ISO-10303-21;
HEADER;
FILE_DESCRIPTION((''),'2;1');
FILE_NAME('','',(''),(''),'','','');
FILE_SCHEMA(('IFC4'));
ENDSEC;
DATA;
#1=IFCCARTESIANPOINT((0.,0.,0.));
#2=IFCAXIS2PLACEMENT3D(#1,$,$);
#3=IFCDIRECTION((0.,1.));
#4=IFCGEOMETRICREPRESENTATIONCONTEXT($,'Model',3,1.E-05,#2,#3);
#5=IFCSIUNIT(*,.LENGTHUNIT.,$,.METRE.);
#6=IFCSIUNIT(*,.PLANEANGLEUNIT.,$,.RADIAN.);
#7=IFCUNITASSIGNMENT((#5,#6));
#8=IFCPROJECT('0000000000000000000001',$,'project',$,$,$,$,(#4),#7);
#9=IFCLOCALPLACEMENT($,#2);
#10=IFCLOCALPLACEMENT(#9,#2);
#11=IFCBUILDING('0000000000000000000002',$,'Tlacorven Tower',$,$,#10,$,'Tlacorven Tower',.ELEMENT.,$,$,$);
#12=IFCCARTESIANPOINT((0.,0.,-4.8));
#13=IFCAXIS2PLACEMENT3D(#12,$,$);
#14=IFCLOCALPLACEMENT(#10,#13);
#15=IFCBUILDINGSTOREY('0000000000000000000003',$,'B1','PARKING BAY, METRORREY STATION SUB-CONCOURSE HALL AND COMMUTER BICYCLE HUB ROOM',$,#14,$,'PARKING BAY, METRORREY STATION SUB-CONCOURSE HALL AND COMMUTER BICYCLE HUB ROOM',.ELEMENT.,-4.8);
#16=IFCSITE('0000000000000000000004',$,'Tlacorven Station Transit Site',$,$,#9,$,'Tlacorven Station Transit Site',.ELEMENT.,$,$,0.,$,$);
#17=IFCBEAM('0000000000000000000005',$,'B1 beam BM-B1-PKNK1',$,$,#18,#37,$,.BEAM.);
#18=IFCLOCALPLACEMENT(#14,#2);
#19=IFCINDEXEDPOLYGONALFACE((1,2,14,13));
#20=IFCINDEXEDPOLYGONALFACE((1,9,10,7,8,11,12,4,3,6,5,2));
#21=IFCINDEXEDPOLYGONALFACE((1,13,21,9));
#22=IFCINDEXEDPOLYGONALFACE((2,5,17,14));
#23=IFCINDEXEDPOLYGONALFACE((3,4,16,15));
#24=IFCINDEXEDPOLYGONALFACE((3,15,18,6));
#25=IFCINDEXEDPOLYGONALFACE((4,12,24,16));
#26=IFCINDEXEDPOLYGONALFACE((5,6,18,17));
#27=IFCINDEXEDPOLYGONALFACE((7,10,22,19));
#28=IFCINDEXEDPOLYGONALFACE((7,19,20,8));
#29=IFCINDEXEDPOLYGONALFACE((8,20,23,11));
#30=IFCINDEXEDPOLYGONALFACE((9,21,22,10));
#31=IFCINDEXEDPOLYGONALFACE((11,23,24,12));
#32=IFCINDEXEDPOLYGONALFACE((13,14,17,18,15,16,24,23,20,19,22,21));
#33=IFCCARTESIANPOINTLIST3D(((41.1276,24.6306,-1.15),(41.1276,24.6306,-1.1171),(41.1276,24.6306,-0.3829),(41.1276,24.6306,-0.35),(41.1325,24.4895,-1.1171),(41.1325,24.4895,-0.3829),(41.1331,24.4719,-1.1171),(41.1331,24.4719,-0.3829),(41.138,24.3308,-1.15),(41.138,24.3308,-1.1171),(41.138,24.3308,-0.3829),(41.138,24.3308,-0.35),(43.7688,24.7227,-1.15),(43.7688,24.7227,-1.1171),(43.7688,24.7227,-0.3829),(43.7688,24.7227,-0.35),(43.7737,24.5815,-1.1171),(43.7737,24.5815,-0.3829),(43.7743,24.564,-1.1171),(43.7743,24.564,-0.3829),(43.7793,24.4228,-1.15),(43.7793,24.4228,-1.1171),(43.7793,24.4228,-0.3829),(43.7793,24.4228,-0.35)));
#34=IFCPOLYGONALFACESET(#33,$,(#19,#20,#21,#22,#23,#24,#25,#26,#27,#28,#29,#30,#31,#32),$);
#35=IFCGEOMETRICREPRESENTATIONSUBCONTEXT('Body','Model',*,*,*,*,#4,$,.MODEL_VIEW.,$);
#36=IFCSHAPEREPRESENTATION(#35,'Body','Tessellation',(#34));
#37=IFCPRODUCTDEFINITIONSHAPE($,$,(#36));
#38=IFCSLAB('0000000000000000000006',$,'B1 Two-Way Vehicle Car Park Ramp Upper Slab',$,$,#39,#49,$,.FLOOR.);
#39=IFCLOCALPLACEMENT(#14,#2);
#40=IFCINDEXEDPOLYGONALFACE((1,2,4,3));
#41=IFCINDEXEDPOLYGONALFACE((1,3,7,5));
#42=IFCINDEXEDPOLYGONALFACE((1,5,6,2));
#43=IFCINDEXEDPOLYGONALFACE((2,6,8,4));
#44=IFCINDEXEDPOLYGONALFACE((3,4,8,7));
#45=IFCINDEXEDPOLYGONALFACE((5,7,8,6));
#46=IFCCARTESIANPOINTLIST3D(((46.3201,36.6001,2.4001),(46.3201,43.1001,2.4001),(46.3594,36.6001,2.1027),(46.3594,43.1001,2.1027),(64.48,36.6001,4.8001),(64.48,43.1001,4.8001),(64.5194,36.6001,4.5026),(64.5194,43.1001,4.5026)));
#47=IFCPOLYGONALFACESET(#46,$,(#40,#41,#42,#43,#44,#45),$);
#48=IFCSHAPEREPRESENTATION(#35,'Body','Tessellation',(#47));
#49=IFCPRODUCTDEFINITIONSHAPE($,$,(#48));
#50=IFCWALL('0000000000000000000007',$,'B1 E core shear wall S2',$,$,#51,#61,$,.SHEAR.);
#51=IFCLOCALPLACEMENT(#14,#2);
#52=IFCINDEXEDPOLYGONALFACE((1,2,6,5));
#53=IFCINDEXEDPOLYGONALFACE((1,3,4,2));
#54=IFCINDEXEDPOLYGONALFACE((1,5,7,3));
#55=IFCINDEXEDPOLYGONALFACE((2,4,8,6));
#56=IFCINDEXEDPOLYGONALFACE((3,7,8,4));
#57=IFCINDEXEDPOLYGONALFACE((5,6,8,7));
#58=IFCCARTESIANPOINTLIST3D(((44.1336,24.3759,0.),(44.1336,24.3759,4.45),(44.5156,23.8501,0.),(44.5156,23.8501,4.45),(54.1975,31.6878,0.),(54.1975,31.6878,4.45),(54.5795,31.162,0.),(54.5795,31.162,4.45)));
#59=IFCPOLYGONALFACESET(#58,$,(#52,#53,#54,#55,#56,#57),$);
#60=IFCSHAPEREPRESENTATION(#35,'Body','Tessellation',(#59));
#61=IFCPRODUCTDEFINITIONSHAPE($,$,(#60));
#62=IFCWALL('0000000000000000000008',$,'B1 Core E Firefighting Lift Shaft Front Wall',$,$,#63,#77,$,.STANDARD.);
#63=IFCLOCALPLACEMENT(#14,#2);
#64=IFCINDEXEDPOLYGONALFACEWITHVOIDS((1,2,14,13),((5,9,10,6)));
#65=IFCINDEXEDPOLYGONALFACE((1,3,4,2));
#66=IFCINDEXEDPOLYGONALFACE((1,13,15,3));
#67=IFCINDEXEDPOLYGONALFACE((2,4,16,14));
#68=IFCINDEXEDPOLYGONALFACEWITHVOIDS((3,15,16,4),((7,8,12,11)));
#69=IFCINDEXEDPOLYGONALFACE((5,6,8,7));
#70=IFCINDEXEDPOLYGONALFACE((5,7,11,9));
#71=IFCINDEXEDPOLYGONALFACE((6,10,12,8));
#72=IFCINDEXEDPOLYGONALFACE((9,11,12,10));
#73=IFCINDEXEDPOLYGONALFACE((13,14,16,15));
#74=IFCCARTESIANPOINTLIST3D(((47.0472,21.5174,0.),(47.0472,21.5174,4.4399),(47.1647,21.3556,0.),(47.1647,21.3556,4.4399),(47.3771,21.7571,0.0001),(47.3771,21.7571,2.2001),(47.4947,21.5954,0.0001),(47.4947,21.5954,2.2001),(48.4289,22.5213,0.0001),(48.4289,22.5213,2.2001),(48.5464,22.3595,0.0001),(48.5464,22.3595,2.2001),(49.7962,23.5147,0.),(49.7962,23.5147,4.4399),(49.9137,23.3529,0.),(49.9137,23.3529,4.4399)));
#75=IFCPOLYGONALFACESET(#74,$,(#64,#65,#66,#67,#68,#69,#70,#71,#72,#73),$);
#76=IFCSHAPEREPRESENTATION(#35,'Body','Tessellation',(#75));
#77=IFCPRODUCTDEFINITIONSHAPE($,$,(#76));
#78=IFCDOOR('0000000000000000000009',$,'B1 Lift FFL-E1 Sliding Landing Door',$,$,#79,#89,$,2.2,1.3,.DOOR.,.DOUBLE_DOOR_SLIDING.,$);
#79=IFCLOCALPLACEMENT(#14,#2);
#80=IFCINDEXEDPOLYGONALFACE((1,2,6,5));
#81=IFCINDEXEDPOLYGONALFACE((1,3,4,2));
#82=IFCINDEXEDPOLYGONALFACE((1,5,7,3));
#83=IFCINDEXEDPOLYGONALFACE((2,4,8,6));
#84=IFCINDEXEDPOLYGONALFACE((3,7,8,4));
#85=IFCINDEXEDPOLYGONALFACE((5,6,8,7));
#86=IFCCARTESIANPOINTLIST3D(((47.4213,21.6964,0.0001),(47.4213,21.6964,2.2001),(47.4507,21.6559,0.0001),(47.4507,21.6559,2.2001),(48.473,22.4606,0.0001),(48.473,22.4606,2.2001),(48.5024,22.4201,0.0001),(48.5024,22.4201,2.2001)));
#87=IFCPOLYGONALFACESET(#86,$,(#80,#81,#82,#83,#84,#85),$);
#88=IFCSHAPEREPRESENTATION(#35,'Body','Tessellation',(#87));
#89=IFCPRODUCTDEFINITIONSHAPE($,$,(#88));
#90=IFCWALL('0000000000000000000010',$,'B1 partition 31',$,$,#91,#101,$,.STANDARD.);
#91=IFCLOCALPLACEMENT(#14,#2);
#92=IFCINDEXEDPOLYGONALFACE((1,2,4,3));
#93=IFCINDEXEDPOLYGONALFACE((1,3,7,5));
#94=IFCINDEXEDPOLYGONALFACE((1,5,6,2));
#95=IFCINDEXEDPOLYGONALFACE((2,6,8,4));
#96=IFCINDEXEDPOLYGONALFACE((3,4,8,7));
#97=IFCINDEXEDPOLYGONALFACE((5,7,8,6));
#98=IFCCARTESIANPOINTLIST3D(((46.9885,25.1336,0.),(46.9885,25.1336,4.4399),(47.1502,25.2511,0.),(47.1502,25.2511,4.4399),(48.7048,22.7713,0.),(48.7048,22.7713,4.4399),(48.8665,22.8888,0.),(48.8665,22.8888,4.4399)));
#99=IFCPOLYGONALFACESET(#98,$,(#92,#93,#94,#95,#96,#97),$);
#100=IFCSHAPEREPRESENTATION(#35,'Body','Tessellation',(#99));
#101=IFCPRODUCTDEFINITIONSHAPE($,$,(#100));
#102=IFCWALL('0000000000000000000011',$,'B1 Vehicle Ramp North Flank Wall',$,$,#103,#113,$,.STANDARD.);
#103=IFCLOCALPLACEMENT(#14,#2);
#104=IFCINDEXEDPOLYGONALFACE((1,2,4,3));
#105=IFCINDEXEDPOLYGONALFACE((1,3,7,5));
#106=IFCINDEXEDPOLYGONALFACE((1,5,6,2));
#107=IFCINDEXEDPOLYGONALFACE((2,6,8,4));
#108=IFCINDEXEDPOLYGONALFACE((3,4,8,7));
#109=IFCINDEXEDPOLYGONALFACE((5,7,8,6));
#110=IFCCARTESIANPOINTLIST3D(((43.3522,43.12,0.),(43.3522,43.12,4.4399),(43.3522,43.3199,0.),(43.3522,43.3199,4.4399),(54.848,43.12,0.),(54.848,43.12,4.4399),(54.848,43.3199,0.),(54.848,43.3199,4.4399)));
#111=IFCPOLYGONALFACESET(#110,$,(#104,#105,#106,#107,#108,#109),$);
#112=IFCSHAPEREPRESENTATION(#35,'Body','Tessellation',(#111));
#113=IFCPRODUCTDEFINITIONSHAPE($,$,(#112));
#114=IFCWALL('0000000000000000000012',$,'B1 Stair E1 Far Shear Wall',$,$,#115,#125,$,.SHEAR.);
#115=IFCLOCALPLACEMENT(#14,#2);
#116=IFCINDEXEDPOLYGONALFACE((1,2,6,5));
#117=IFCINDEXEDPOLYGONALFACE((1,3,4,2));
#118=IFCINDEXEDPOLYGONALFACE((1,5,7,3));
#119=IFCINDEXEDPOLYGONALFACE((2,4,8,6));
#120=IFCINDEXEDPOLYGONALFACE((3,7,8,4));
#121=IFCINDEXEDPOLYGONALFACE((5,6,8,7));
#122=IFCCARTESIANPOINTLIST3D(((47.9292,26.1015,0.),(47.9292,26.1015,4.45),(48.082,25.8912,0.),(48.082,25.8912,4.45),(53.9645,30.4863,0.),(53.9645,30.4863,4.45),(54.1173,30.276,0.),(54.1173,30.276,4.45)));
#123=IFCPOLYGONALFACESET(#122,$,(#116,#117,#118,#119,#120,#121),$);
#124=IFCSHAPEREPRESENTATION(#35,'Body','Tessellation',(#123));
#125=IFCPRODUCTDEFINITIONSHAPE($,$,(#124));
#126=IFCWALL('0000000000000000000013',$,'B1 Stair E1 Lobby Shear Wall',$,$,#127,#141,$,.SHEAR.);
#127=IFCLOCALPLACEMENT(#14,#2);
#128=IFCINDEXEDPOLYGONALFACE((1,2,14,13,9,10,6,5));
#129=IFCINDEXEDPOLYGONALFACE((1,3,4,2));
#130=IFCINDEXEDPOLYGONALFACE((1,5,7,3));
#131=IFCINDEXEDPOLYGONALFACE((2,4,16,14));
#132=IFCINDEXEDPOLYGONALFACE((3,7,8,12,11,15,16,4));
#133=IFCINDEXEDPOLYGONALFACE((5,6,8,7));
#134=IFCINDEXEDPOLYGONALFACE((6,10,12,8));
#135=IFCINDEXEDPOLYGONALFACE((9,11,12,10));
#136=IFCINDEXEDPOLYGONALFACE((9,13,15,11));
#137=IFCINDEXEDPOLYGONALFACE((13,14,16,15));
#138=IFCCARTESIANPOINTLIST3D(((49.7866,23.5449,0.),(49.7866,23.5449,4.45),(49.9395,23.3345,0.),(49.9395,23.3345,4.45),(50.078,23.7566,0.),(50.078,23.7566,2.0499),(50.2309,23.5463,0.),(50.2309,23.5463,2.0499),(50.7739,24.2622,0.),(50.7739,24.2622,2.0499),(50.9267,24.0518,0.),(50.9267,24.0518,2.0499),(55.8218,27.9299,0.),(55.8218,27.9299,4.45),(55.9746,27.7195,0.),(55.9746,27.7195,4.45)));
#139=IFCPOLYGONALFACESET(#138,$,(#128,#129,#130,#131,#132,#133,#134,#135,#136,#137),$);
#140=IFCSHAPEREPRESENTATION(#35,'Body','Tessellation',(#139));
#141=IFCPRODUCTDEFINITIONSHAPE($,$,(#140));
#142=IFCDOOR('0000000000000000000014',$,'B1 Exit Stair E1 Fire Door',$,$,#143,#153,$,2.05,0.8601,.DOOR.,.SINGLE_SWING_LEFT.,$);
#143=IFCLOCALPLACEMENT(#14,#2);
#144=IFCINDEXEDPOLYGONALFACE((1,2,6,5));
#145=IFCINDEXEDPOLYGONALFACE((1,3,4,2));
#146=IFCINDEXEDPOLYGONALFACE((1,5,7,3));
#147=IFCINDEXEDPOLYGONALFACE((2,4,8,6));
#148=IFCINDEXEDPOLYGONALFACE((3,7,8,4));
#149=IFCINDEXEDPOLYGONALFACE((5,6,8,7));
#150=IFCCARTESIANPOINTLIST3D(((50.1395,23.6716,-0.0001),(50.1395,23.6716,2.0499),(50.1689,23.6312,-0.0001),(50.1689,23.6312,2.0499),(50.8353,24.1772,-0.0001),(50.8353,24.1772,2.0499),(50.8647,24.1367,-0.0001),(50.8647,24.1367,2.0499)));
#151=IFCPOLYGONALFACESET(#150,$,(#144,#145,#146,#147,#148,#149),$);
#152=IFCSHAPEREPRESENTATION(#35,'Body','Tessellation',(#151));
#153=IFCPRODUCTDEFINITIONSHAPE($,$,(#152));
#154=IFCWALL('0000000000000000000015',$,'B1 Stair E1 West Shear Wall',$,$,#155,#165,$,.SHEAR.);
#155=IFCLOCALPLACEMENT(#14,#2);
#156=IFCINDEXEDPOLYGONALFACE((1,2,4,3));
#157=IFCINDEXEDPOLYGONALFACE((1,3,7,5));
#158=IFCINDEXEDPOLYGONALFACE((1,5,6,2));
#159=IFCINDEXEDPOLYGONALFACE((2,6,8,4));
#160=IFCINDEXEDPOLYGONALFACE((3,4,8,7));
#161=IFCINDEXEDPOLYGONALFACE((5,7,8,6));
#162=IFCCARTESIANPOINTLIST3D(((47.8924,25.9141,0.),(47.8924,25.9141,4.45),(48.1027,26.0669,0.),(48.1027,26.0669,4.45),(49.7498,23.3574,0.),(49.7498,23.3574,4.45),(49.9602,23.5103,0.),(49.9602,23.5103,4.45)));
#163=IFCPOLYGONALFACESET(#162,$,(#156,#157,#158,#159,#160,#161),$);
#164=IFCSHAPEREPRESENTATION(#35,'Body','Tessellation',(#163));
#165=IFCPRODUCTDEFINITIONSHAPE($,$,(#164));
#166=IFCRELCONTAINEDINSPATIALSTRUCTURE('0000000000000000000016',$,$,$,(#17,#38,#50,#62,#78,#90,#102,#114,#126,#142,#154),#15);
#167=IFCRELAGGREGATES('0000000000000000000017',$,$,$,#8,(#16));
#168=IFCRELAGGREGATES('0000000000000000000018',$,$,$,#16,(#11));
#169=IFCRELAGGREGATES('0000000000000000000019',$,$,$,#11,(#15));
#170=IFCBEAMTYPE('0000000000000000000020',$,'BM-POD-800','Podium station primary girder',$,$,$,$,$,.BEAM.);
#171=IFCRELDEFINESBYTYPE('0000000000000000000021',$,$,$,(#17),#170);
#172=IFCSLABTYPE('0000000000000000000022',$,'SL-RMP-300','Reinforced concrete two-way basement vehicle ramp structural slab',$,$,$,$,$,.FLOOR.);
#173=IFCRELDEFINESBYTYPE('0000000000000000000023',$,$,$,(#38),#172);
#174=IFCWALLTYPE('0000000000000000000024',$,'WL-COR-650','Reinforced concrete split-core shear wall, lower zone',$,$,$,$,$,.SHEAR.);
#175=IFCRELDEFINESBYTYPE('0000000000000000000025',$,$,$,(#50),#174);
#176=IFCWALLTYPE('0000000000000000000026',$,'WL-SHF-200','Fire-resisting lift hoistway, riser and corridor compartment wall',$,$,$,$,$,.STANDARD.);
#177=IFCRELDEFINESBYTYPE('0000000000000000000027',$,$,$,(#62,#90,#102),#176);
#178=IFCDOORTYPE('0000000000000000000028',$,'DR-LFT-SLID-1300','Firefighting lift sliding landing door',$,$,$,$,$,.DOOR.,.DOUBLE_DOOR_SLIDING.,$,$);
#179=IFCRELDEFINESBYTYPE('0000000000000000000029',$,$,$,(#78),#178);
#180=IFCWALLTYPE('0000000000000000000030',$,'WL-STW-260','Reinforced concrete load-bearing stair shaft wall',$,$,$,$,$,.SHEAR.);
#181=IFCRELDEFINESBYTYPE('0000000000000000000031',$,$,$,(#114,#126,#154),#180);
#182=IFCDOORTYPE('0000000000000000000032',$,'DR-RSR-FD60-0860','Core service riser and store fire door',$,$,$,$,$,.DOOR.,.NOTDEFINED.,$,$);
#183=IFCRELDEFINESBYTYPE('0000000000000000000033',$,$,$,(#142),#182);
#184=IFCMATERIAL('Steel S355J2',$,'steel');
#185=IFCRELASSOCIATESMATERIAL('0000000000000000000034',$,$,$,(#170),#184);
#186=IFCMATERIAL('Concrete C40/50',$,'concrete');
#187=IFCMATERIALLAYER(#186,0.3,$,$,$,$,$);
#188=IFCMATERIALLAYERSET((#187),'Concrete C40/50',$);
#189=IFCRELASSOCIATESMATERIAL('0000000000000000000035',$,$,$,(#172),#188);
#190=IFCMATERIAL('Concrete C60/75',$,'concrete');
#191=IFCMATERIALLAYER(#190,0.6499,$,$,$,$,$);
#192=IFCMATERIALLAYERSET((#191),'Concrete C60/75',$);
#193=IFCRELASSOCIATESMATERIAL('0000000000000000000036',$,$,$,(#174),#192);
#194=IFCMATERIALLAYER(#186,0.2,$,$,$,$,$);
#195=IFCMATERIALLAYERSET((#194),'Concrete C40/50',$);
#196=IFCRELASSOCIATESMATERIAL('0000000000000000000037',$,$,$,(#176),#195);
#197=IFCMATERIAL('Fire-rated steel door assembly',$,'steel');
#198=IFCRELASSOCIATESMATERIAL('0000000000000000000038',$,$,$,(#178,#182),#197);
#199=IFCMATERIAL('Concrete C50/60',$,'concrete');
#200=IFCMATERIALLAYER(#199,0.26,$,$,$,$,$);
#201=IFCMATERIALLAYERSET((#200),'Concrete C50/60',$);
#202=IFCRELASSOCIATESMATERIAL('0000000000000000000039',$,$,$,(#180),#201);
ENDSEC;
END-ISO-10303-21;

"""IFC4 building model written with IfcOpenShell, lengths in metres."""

from ifc_helpers import new_model, si_unit, direction, frame, frame_2d, origin, origin_2d, place, context, subcontext, project, spatial, polyline, rectangle, i_section, outline, extrude, source, transform, mapped, material, layer, layer_set, material_profile, profile_set, type_object, element, fill, save


model = new_model("IFC4")

# Units and contexts
model_context = context("Model", 3, precision=1e-05, world=origin(), true_north=direction((0.0, 1.0)))
body_context = subcontext(model_context, "Body", "Model", "MODEL_VIEW")
ifc_project = project(units=[si_unit("LENGTHUNIT", "METRE"), si_unit("PLANEANGLEUNIT", "RADIAN")], contexts=[model_context])

# Site, building, storey
site_placement = place(None, origin())
site = spatial("IfcSite", under=ifc_project, at=site_placement, Name="Tlacorven Station Transit Site", LongName="Tlacorven Station Transit Site", CompositionType="ELEMENT", RefElevation=0.0)
building_placement = place(site_placement, origin())
building = spatial("IfcBuilding", under=site, at=building_placement, Name="Tlacorven Tower", LongName="Tlacorven Tower", CompositionType="ELEMENT")
storey_placement = place(building_placement, frame((0.0, 0.0, -4.8)))
storey = spatial("IfcBuildingStorey", under=building, at=storey_placement, Name="B1", Description="PARKING BAY, METRORREY STATION SUB-CONCOURSE HALL AND COMMUTER BICYCLE HUB ROOM", LongName="PARKING BAY, METRORREY STATION SUB-CONCOURSE HALL AND COMMUTER BICYCLE HUB ROOM", CompositionType="ELEMENT", Elevation=-4.8)

# Beam
ifc_material_1 = material(Name="Steel S355J2", Category="steel")
ifc_material_profile_1 = material_profile(ifc_material_1, i_section(OverallWidth=0.3, OverallDepth=0.8, WebThickness=0.0176, FlangeThickness=0.033, at=origin_2d()), Name="HEB 800")
ifc_profile_set_1 = profile_set([ifc_material_profile_1], Name="Steel S355J2")
beam_type = type_object("IfcBeamType", Name="BM-POD-800", Description="Podium station primary girder", PredefinedType="BEAM", material=ifc_profile_set_1)
shared_shape_1 = source(origin(), body_context, "Body", "SweptSolid", [
    extrude(i_section(OverallWidth=0.3, OverallDepth=0.8, WebThickness=0.0176, FlangeThickness=0.033, at=origin_2d()), origin(), (0.0, 0.0, 1.0), 2.6428),
])
beam_1_placement = place(storey_placement, frame((41.1328, 24.4807, -0.75), z_axis=(0.999393, 0.034828, 0.0), x_axis=(-0.034828, 0.999393, 0.0)))
element("IfcBeam", 1, at=beam_1_placement, inside=storey, type_object=beam_type, Name="B1 beam BM-B1-PKNK1", PredefinedType="BEAM", context=body_context, shape_type="MappedRepresentation", body=[
    mapped(shared_shape_1, transform((0.0, 0.0, 0.0), scale=1.0)),
])

# Slab
ifc_material_2 = material(Name="Concrete C40/50", Category="concrete")
ifc_layer_1 = layer(ifc_material_2, 0.3)
ifc_layer_set_1 = layer_set([ifc_layer_1], Name="Concrete C40/50")
slab_type = type_object("IfcSlabType", Name="SL-RMP-300", Description="Reinforced concrete two-way basement vehicle ramp structural slab", PredefinedType="FLOOR", material=ifc_layer_set_1)
slab_placement = place(storey_placement, frame((46.3201, 36.6001, 2.4001), z_axis=(-0.131015, 0.0, 0.99138), x_axis=(0.99138, 0.0, 0.131015)))
element("IfcSlab", 2, at=slab_placement, inside=storey, type_object=slab_type, Name="B1 Two-Way Vehicle Car Park Ramp Upper Slab", PredefinedType="FLOOR", context=body_context, shape_type="SweptSolid", body=[
    extrude(outline(polyline([(0.0, 0.0), (18.3179, 0.0), (18.3179, 6.5), (0.0, 6.5), (0.0, 0.0)])), origin(), (0.0, 0.0, -1.0), 0.3),
])

# Wall
ifc_material_3 = material(Name="Concrete C60/75", Category="concrete")
ifc_layer_2 = layer(ifc_material_3, 0.6499)
ifc_layer_set_2 = layer_set([ifc_layer_2], Name="Concrete C60/75")
wall_type_1 = type_object("IfcWallType", Name="WL-COR-650", Description="Reinforced concrete split-core shear wall, lower zone", PredefinedType="SHEAR", material=ifc_layer_set_2)
wall_1_placement = place(storey_placement, frame((44.3247, 24.113, 0.0), z_axis=(0.0, 0.0, 1.0), x_axis=(0.809013, 0.587791, 0.0)))
element("IfcWall", 3, at=wall_1_placement, inside=storey, type_object=wall_type_1, Name="B1 E core shear wall S2", PredefinedType="SHEAR", context=body_context, shape_type="SweptSolid", body=[
    extrude(rectangle(XDim=12.4397, YDim=0.6499, at=frame_2d((6.2197, 0.0))), origin(), (0.0, 0.0, 1.0), 4.45),
])

# Wall, opening, door
ifc_layer_3 = layer(ifc_material_2, 0.2)
ifc_layer_set_3 = layer_set([ifc_layer_3], Name="Concrete C40/50")
wall_type_2 = type_object("IfcWallType", Name="WL-SHF-200", Description="Fire-resisting lift hoistway, riser and corridor compartment wall", PredefinedType="STANDARD", material=ifc_layer_set_3)
wall_2_placement = place(storey_placement, frame((47.106, 21.4365, 0.0), z_axis=(0.0, 0.0, 1.0), x_axis=(0.809013, 0.587791, 0.0)))
wall_2 = element("IfcWall", 4, at=wall_2_placement, inside=storey, type_object=wall_type_2, Name="B1 Core E Firefighting Lift Shaft Front Wall", PredefinedType="STANDARD", context=body_context, shape_type="SweptSolid", body=[
    extrude(rectangle(XDim=3.3979, YDim=0.2, at=frame_2d((1.699, 0.0))), origin(), (0.0, 0.0, 1.0), 4.4399),
])
opening_1_placement = place(wall_2_placement, frame((0.408, 0.0, 0.0)))
opening_1 = element("IfcOpeningElement", 5, at=opening_1_placement, cuts=wall_2, PredefinedType="OPENING", context=body_context, shape_type="SweptSolid", body=[
    extrude(rectangle(XDim=1.3, YDim=2.2, at=frame_2d((0.6499, 1.1001))), frame((0.0, 0.1099, 0.0), z_axis=(0.0, -1.0, 0.0), x_axis=(1.0, 0.0, 0.0)), (0.0, 0.0, 1.0), 0.22),
])
ifc_material_4 = material(Name="Fire-rated steel door assembly", Category="steel")
door_type_1 = type_object("IfcDoorType", Name="DR-LFT-SLID-1300", Description="Firefighting lift sliding landing door", OperationType="DOUBLE_DOOR_SLIDING", PredefinedType="DOOR", material=ifc_material_4)
shared_shape_2 = source(origin(), body_context, "Body", "SweptSolid", [
    extrude(rectangle(XDim=1.3, YDim=2.2, at=frame_2d((0.6499, 1.1001))), frame((0.0, 0.0249, 0.0), z_axis=(0.0, -1.0, 0.0), x_axis=(1.0, 0.0, 0.0)), (0.0, 0.0, 1.0), 0.05),
])
door_1_placement = place(opening_1_placement, origin())
door_1 = element("IfcDoor", 6, at=door_1_placement, inside=storey, type_object=door_type_1, Name="B1 Lift FFL-E1 Sliding Landing Door", OperationType="DOUBLE_DOOR_SLIDING", OverallHeight=2.2, OverallWidth=1.3, PredefinedType="DOOR", context=body_context, shape_type="MappedRepresentation", body=[
    mapped(shared_shape_2, transform((0.0, 0.0, 0.0), scale=1.0)),
])
fill(opening_1, door_1)

# Walls
wall_3_placement = place(storey_placement, frame((48.7856, 22.8301, 0.0), z_axis=(0.0, 0.0, 1.0), x_axis=(-0.587784, 0.809018, 0.0)))
element("IfcWall", 7, at=wall_3_placement, inside=storey, type_object=wall_type_2, Name="B1 partition 31", PredefinedType="STANDARD", context=body_context, shape_type="SweptSolid", body=[
    extrude(rectangle(XDim=2.9199, YDim=0.2, at=frame_2d((1.46, 0.0))), origin(), (0.0, 0.0, 1.0), 4.4399),
])
wall_4_placement = place(storey_placement, frame((43.3521, 43.22, 0.0), z_axis=(0.0, 0.0, 1.0), x_axis=(1.0, 0.0, 0.0)))
element("IfcWall", 8, at=wall_4_placement, inside=storey, type_object=wall_type_2, Name="B1 Vehicle Ramp North Flank Wall", PredefinedType="STANDARD", context=body_context, shape_type="SweptSolid", body=[
    extrude(rectangle(XDim=11.4958, YDim=0.2, at=frame_2d((5.748, 0.0))), origin(), (0.0, 0.0, 1.0), 4.4399),
])
ifc_material_5 = material(Name="Concrete C50/60", Category="concrete")
ifc_layer_4 = layer(ifc_material_5, 0.26)
ifc_layer_set_4 = layer_set([ifc_layer_4], Name="Concrete C50/60")
wall_type_3 = type_object("IfcWallType", Name="WL-STW-260", Description="Reinforced concrete load-bearing stair shaft wall", PredefinedType="SHEAR", material=ifc_layer_set_4)
wall_5_placement = place(storey_placement, frame((48.0056, 25.9963, 0.0), z_axis=(0.0, 0.0, 1.0), x_axis=(0.809019, 0.587782, 0.0)))
element("IfcWall", 9, at=wall_5_placement, inside=storey, type_object=wall_type_3, Name="B1 Stair E1 Far Shear Wall", PredefinedType="SHEAR", context=body_context, shape_type="SweptSolid", body=[
    extrude(rectangle(XDim=7.46, YDim=0.26, at=frame_2d((3.73, 0.0))), origin(), (0.0, 0.0, 1.0), 4.45),
])

# Wall, opening, door
wall_6_placement = place(storey_placement, frame((49.863, 23.4397, 0.0), z_axis=(0.0, 0.0, 1.0), x_axis=(0.809003, 0.587804, 0.0)))
wall_6 = element("IfcWall", 10, at=wall_6_placement, inside=storey, type_object=wall_type_3, Name="B1 Stair E1 Lobby Shear Wall", PredefinedType="SHEAR", context=body_context, shape_type="SweptSolid", body=[
    extrude(rectangle(XDim=7.46, YDim=0.26, at=frame_2d((3.73, 0.0))), origin(), (0.0, 0.0, 1.0), 4.45),
])
opening_2_placement = place(wall_6_placement, frame((0.3601, 0.0, 0.0)))
opening_2 = element("IfcOpeningElement", 11, at=opening_2_placement, cuts=wall_6, PredefinedType="OPENING", context=body_context, shape_type="SweptSolid", body=[
    extrude(rectangle(XDim=0.8601, YDim=2.05, at=frame_2d((0.4302, 1.0249))), frame((0.0, 0.1401, 0.0), z_axis=(0.0, -1.0, 0.0), x_axis=(1.0, 0.0, 0.0)), (0.0, 0.0, 1.0), 0.28),
])
door_type_2 = type_object("IfcDoorType", Name="DR-RSR-FD60-0860", Description="Core service riser and store fire door", OperationType="NOTDEFINED", PredefinedType="DOOR", material=ifc_material_4)
shared_shape_3 = source(origin(), body_context, "Body", "SweptSolid", [
    extrude(rectangle(XDim=0.8601, YDim=2.05, at=frame_2d((0.4302, 1.0249))), frame((0.0, 0.0249, 0.0), z_axis=(0.0, -1.0, 0.0), x_axis=(1.0, 0.0, 0.0)), (0.0, 0.0, 1.0), 0.05),
])
door_2_placement = place(opening_2_placement, frame((0.8601, 0.0, 0.0), z_axis=(0.0, 0.0, 1.0), x_axis=(-1.0, 0.0, 0.0)))
door_2 = element("IfcDoor", 12, at=door_2_placement, inside=storey, type_object=door_type_2, Name="B1 Exit Stair E1 Fire Door", OperationType="SINGLE_SWING_LEFT", OverallHeight=2.05, OverallWidth=0.8601, PredefinedType="DOOR", context=body_context, shape_type="MappedRepresentation", body=[
    mapped(shared_shape_3, transform((0.0, 0.0, 0.0), scale=1.0)),
])
fill(opening_2, door_2)

# Wall
wall_7_placement = place(storey_placement, frame((49.855, 23.4338, 0.0), z_axis=(0.0, 0.0, 1.0), x_axis=(-0.587767, 0.80903, 0.0)))
element("IfcWall", 13, at=wall_7_placement, inside=storey, type_object=wall_type_3, Name="B1 Stair E1 West Shear Wall", PredefinedType="SHEAR", context=body_context, shape_type="SweptSolid", body=[
    extrude(rectangle(XDim=3.1602, YDim=0.26, at=frame_2d((1.5801, 0.0))), origin(), (0.0, 0.0, 1.0), 4.45),
])

save(model, "model.ifc")
